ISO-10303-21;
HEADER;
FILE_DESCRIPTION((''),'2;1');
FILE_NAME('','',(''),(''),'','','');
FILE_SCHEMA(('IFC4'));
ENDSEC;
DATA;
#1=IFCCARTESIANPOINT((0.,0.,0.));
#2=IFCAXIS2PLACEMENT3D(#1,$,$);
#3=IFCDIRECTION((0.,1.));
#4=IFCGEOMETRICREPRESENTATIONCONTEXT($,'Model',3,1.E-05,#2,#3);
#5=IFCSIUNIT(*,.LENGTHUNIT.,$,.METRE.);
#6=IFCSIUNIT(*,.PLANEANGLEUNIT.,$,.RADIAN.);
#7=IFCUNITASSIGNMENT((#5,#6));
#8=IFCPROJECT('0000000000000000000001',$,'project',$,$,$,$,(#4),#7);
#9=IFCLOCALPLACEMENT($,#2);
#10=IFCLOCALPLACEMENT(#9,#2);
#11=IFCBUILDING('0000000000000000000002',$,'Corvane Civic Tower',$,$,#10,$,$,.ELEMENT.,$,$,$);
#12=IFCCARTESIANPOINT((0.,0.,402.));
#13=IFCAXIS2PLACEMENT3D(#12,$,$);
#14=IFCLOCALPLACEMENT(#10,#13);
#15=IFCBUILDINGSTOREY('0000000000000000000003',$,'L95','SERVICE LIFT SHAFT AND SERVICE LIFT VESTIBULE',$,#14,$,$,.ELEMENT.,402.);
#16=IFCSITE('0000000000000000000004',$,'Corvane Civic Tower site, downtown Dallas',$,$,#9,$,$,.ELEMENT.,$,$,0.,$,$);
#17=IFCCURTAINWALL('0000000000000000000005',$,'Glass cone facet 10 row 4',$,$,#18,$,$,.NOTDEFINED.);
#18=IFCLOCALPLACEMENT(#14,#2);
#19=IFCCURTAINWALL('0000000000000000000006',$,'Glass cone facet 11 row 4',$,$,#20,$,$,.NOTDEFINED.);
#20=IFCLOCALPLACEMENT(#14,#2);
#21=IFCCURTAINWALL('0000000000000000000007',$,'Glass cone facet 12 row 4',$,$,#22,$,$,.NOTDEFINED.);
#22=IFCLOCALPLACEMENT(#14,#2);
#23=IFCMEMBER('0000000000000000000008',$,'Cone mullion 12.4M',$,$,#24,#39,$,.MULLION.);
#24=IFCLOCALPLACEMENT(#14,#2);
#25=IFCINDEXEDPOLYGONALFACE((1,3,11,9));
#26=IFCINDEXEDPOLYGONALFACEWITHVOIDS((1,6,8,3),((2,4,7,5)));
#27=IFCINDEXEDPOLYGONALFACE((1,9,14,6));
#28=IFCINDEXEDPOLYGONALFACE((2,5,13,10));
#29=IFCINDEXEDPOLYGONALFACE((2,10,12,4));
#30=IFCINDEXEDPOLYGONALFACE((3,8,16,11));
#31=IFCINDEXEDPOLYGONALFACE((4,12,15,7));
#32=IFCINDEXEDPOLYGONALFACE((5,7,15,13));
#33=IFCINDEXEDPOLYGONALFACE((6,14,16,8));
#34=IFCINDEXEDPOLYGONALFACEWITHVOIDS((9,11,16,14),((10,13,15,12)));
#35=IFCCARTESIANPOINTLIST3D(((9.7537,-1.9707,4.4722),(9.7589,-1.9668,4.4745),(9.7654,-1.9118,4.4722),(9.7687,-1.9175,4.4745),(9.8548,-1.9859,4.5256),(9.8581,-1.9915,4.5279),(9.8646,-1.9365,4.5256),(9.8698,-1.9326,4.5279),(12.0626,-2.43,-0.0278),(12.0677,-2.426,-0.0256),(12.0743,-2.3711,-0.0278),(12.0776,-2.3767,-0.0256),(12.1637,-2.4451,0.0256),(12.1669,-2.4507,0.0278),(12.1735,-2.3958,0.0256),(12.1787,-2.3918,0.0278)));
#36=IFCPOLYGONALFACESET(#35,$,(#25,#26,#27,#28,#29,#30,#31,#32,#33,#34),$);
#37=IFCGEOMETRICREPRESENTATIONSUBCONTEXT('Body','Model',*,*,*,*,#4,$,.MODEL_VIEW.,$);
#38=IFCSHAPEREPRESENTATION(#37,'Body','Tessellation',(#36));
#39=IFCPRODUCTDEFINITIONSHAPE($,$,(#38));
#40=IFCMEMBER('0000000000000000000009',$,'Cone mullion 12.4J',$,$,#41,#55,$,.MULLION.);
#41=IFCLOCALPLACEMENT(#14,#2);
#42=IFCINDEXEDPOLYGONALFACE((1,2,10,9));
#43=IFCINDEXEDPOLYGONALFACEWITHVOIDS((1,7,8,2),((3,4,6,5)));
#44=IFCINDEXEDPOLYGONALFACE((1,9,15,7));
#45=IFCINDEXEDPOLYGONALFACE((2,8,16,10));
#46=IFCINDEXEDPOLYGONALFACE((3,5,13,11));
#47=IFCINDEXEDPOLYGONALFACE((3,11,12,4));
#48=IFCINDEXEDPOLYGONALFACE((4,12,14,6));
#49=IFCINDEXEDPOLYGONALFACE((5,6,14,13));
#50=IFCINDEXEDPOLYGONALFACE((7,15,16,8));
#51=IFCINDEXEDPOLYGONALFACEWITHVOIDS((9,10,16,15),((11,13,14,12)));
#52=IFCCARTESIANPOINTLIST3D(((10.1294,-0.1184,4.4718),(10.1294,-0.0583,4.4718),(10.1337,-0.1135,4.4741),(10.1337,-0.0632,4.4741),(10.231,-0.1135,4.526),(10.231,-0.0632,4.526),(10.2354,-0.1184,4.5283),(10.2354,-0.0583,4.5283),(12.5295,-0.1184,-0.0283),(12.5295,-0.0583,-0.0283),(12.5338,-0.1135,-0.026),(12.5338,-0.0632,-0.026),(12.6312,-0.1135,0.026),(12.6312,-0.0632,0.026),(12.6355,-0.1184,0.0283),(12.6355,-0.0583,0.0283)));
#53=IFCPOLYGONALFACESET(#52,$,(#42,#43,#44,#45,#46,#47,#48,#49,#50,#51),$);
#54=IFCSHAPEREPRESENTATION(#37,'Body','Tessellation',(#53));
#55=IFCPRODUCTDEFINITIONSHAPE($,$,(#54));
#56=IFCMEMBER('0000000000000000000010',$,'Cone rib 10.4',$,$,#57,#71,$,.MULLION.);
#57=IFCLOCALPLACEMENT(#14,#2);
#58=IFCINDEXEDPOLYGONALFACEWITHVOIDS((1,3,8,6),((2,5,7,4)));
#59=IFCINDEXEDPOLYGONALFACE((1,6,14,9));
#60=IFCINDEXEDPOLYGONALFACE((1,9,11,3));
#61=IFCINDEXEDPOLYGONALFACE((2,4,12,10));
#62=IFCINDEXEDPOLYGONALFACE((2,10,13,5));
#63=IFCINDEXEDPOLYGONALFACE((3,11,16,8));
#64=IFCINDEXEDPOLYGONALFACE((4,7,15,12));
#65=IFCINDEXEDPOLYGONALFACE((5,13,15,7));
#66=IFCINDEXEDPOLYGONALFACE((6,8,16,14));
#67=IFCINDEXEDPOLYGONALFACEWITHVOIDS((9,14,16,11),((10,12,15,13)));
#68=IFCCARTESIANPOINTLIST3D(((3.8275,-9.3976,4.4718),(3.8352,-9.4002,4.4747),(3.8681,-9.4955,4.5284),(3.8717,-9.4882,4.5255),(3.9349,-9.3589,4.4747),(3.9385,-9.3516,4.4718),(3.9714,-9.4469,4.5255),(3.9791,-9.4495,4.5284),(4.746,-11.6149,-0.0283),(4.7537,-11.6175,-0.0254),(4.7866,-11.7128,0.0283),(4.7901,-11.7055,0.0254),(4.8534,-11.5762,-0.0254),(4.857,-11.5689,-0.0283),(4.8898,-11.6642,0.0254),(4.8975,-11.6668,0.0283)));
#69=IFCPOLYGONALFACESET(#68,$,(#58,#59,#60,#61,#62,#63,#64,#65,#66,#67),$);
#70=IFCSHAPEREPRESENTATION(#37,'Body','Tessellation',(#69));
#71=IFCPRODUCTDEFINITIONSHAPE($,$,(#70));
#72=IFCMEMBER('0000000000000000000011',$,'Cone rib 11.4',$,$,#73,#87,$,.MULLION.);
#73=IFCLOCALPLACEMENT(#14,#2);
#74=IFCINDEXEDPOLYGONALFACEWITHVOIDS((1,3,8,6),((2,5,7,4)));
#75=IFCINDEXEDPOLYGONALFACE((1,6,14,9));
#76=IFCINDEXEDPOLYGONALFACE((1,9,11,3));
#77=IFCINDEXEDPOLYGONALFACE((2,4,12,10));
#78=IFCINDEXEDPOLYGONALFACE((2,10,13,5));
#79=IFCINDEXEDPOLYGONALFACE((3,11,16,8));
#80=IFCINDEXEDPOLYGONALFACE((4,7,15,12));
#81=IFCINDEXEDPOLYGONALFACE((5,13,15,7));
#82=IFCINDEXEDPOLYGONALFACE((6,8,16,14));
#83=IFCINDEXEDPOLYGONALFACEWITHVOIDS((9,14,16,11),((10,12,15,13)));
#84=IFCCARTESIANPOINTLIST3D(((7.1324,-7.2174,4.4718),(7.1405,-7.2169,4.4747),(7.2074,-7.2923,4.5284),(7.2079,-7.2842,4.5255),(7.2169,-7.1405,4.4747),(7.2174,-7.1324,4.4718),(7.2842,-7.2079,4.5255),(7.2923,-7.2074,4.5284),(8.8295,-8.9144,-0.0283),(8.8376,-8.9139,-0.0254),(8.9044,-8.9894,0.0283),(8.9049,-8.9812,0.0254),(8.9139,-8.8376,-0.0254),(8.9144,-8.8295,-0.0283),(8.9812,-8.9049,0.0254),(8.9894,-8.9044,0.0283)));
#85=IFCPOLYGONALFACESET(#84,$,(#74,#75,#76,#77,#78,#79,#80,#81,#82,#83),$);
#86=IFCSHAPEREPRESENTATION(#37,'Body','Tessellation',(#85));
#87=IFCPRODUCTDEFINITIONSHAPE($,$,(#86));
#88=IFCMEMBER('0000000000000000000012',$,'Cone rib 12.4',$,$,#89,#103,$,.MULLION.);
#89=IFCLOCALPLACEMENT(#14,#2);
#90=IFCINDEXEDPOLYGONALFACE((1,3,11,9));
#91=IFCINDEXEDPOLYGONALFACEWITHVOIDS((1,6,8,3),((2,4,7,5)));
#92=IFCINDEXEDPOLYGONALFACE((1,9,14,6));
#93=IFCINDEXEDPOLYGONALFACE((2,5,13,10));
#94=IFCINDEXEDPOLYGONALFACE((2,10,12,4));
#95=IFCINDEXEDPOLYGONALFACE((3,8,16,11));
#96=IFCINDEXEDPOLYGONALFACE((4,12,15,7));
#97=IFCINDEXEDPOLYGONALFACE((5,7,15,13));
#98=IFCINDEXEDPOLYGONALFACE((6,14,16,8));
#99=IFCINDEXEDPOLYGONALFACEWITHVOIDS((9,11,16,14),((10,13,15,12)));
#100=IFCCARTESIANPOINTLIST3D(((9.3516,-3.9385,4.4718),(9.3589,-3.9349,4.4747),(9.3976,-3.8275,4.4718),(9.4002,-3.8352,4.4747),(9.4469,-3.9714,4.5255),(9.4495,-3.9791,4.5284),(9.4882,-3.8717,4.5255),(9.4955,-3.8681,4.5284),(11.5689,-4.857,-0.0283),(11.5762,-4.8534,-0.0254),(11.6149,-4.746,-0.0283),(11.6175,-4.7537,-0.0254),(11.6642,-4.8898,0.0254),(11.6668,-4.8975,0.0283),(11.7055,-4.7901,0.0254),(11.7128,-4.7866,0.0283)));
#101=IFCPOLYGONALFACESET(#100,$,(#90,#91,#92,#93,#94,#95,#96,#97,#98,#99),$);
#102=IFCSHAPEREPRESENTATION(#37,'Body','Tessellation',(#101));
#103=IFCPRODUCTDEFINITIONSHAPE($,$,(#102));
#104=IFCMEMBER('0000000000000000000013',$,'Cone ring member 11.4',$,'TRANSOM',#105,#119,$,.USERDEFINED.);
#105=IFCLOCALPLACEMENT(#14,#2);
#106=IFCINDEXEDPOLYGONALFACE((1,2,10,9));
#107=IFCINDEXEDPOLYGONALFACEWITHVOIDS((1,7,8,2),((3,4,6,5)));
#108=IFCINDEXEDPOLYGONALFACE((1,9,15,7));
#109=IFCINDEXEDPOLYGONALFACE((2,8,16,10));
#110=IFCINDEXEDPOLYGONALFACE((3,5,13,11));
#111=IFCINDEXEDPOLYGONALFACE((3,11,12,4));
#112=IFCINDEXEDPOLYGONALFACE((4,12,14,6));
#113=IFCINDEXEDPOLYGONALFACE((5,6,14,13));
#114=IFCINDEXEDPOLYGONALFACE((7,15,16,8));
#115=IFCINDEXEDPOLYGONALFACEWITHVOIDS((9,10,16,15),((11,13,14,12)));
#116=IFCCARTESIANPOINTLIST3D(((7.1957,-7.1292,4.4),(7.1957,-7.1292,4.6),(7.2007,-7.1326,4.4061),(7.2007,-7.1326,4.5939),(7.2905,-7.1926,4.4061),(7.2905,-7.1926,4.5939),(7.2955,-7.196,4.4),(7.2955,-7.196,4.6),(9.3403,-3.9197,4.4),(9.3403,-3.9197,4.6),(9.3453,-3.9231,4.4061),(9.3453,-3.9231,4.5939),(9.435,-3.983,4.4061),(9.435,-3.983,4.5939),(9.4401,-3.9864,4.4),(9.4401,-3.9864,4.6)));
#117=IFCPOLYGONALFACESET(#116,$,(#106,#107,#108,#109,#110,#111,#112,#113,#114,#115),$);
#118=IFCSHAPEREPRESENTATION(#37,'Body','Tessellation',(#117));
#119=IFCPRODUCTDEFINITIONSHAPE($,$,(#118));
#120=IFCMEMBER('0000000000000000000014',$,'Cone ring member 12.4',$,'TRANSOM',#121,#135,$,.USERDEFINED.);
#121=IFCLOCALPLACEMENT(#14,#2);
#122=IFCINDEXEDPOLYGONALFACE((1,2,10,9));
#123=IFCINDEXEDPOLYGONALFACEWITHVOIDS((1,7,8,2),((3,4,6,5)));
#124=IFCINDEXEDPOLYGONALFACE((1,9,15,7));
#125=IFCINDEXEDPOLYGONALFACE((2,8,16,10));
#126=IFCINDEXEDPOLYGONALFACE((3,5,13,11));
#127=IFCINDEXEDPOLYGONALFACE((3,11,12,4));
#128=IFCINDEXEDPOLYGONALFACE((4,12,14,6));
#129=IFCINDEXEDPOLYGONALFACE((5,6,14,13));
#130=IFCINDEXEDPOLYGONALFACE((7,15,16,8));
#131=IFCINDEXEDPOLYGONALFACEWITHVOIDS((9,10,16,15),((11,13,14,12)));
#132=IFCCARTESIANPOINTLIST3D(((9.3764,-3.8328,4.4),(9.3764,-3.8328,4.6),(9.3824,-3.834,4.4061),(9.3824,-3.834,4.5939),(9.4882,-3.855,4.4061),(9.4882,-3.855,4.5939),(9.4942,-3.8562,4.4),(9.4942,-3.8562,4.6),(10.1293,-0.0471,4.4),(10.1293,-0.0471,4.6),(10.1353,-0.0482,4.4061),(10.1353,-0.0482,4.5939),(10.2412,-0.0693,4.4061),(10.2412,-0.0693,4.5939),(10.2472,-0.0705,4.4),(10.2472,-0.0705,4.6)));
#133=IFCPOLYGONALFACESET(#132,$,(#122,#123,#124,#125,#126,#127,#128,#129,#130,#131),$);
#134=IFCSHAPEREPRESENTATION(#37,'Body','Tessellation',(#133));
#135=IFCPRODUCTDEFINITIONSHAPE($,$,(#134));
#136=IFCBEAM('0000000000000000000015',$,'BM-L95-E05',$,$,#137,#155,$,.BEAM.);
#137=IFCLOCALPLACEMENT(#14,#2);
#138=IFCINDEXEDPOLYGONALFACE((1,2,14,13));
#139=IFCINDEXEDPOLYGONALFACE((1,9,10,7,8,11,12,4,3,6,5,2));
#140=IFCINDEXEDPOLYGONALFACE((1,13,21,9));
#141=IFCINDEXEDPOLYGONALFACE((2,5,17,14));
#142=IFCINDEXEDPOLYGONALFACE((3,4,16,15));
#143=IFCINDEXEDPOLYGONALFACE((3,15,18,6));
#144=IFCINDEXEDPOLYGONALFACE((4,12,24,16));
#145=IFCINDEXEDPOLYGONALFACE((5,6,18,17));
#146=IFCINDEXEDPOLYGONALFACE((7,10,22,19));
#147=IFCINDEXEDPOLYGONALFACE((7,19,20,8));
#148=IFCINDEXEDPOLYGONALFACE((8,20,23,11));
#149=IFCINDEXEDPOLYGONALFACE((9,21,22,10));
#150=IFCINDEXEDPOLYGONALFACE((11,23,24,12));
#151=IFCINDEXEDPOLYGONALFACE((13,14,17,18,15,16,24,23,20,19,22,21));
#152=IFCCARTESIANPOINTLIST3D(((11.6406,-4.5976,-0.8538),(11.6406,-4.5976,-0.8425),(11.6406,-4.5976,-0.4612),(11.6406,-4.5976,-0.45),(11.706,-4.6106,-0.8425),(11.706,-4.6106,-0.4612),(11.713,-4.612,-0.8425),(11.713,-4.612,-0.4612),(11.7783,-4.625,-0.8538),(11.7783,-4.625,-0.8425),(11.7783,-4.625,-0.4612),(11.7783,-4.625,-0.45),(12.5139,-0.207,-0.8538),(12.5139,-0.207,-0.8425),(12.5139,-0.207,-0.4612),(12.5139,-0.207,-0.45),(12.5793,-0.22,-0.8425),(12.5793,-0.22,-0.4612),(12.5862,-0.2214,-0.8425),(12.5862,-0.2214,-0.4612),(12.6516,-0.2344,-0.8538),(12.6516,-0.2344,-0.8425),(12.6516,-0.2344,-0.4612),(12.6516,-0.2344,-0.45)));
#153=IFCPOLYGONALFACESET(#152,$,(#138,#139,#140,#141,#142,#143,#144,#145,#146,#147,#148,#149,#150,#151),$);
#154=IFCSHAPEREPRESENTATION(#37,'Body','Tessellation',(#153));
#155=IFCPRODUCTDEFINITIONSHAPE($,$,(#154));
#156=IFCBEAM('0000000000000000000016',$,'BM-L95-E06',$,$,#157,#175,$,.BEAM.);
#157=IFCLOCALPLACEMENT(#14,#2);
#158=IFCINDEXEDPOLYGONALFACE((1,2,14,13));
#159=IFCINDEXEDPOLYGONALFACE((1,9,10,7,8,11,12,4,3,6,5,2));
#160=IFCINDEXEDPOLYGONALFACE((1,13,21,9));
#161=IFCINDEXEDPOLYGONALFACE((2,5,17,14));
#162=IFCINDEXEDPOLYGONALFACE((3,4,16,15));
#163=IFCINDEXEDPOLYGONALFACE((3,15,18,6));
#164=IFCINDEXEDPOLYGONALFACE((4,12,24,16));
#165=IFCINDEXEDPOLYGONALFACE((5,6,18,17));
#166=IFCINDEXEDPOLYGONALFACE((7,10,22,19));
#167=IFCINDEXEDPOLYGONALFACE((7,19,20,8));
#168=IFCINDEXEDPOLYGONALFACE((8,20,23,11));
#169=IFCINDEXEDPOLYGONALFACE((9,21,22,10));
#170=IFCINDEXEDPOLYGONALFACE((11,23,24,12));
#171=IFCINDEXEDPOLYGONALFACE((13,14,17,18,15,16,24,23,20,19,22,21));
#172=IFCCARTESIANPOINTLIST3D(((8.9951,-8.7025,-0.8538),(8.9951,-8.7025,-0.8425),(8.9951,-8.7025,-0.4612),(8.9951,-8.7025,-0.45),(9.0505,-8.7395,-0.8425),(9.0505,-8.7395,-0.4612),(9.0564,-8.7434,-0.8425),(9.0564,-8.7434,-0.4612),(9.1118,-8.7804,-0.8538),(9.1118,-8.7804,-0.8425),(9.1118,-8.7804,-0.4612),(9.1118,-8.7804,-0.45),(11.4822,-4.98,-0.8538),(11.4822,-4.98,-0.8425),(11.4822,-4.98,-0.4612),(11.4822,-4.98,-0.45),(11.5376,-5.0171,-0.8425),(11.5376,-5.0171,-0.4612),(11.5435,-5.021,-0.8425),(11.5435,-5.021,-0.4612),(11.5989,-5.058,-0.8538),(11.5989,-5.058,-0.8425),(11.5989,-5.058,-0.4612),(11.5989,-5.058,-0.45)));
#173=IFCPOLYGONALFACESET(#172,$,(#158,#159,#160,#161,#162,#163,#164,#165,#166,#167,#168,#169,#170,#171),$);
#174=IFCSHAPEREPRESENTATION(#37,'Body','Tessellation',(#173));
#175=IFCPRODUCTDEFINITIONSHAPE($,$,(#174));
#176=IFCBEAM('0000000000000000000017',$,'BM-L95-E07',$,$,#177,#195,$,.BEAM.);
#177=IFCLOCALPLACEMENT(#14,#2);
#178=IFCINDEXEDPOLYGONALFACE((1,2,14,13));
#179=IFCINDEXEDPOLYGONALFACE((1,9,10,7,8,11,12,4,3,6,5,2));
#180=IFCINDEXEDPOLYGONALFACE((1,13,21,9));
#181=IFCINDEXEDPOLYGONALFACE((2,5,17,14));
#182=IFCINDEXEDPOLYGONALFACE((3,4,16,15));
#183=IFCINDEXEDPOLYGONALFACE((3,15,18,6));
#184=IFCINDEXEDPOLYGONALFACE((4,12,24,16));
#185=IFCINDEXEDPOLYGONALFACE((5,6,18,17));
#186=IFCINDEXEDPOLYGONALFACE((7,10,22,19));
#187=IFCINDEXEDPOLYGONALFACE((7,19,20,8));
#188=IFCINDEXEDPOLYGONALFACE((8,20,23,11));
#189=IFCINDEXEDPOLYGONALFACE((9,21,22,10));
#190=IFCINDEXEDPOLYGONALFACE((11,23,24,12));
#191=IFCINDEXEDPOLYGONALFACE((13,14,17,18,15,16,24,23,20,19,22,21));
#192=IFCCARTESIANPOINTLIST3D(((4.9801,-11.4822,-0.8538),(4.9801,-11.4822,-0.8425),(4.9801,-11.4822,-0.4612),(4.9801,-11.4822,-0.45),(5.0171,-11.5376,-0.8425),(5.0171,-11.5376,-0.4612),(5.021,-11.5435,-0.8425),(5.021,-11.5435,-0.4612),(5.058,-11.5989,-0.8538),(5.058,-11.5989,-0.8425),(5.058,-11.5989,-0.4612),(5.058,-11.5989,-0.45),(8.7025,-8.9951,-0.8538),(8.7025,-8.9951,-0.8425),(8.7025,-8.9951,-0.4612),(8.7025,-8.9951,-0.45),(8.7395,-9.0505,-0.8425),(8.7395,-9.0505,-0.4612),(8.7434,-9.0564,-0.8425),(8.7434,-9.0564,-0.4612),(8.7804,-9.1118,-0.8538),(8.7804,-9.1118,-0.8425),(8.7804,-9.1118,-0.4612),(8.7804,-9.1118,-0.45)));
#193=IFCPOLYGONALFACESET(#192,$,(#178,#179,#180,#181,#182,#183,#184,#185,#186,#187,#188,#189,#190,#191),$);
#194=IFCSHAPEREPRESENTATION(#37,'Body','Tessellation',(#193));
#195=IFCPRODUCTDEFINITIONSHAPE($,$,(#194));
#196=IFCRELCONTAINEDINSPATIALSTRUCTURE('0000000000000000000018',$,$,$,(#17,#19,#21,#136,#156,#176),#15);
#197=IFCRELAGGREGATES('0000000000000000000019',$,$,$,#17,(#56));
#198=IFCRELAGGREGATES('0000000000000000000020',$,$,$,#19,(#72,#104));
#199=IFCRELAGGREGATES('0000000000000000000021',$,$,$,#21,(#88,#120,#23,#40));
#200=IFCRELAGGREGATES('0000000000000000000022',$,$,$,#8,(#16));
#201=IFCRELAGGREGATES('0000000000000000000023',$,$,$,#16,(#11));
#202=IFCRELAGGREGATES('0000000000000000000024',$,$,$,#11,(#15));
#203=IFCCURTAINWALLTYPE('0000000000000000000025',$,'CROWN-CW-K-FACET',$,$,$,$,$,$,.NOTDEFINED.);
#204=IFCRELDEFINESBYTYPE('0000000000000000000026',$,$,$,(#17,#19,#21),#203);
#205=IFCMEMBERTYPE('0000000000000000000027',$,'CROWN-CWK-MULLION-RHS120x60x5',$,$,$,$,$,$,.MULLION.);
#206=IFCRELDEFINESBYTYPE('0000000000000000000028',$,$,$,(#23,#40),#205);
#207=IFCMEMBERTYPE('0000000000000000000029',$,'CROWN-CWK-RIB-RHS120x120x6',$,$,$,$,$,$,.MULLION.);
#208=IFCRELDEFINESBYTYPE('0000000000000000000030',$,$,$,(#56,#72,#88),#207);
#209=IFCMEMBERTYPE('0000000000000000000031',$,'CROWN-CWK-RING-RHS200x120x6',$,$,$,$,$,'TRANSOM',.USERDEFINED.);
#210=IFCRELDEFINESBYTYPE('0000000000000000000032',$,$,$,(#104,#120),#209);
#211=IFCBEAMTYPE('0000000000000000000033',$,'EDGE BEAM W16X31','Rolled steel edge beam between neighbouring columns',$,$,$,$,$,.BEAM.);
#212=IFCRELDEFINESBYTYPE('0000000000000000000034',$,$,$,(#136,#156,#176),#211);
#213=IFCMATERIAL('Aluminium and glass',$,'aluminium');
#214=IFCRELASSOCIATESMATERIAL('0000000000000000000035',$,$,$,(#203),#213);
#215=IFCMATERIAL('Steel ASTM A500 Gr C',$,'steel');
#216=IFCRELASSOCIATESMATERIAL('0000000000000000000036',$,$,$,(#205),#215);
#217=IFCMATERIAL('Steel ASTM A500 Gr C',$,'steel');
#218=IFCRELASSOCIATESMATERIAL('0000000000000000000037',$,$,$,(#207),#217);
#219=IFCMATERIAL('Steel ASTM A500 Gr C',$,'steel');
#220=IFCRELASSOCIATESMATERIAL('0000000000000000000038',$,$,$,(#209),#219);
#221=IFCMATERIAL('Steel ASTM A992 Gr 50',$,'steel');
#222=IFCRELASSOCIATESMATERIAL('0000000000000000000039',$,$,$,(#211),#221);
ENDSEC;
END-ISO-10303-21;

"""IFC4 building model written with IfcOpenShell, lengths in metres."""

from ifc_helpers import new_model, si_unit, direction, frame, origin, origin_2d, place, context, subcontext, project, spatial, hollow_rectangle, i_section, extrude, material, material_profile, profile_set, type_object, element, aggregate, save


model = new_model("IFC4")

# Units and contexts
model_context = context("Model", 3, precision=1e-05, world=origin(), true_north=direction((0.0, 1.0)))
body_context = subcontext(model_context, "Body", "Model", "MODEL_VIEW")
ifc_project = project(units=[si_unit("LENGTHUNIT", "METRE"), si_unit("PLANEANGLEUNIT", "RADIAN")], contexts=[model_context])

# Site, building, storey
site_placement = place(None, origin())
site = spatial("IfcSite", under=ifc_project, at=site_placement, Name="Corvane Civic Tower site, downtown Dallas", CompositionType="ELEMENT", RefElevation=0.0)
building_placement = place(site_placement, origin())
building = spatial("IfcBuilding", under=site, at=building_placement, Name="Corvane Civic Tower", CompositionType="ELEMENT")
storey_placement = place(building_placement, frame((0.0, 0.0, 402.0)))
storey = spatial("IfcBuildingStorey", under=building, at=storey_placement, Name="L95", Description="SERVICE LIFT SHAFT AND SERVICE LIFT VESTIBULE", CompositionType="ELEMENT", Elevation=402.0)

# Curtain walls, members
ifc_material_1 = material(Name="Aluminium and glass", Category="aluminium")
curtain_wall_type = type_object("IfcCurtainWallType", Name="CROWN-CW-K-FACET", PredefinedType="NOTDEFINED", material=ifc_material_1)
curtain_wall_1_placement = place(storey_placement, origin())
curtain_wall_1 = element("IfcCurtainWall", 1, at=curtain_wall_1_placement, inside=storey, type_object=curtain_wall_type, Name="Glass cone facet 10 row 4", PredefinedType="NOTDEFINED")
ifc_material_2 = material(Name="Steel ASTM A500 Gr C", Category="steel")
ifc_material_profile_1 = material_profile(ifc_material_2, hollow_rectangle(XDim=0.0601, YDim=0.1201, WallThickness=0.0049, at=origin_2d()), Name="RHS 120x60x5")
ifc_profile_set_1 = profile_set([ifc_material_profile_1], Name="Steel ASTM A500 Gr C")
member_type_1 = type_object("IfcMemberType", Name="CROWN-CWK-MULLION-RHS120x60x5", PredefinedType="MULLION", material=ifc_profile_set_1)
curtain_wall_2_placement = place(storey_placement, origin())
curtain_wall_2 = element("IfcCurtainWall", 2, at=curtain_wall_2_placement, inside=storey, type_object=curtain_wall_type, Name="Glass cone facet 11 row 4", PredefinedType="NOTDEFINED")
curtain_wall_3_placement = place(storey_placement, origin())
curtain_wall_3 = element("IfcCurtainWall", 3, at=curtain_wall_3_placement, inside=storey, type_object=curtain_wall_type, Name="Glass cone facet 12 row 4", PredefinedType="NOTDEFINED")
member_1_placement = place(storey_placement, frame((12.1206, -2.4109, 0.0), z_axis=(-0.454626, 0.090425, 0.88608), x_axis=(-0.195079, -0.980788, 0.0)))
member_1 = element("IfcMember", 4, at=member_1_placement, type_object=member_type_1, Name="Cone mullion 12.4M", PredefinedType="MULLION", context=body_context, shape_type="SweptSolid", body=[
    extrude(hollow_rectangle(XDim=0.0601, YDim=0.1201, WallThickness=0.0049, at=origin_2d()), origin(), (0.0, 0.0, 1.0), 5.0786),
])
member_2_placement = place(storey_placement, frame((12.5825, -0.0884, 0.0), z_axis=(-0.470611, 0.0, 0.882341), x_axis=(0.0, -1.0, 0.0)))
member_2 = element("IfcMember", 5, at=member_2_placement, type_object=member_type_1, Name="Cone mullion 12.4J", PredefinedType="MULLION", context=body_context, shape_type="SweptSolid", body=[
    extrude(hollow_rectangle(XDim=0.0601, YDim=0.1201, WallThickness=0.0049, at=origin_2d()), origin(), (0.0, 0.0, 1.0), 5.1001),
])

# Members
ifc_material_3 = material(Name="Steel ASTM A500 Gr C", Category="steel")
ifc_material_profile_2 = material_profile(ifc_material_3, hollow_rectangle(XDim=0.1201, YDim=0.1201, WallThickness=0.0061, at=origin_2d()), Name="RHS 120x120x6")
ifc_profile_set_2 = profile_set([ifc_material_profile_2], Name="Steel ASTM A500 Gr C")
member_type_2 = type_object("IfcMemberType", Name="CROWN-CWK-RIB-RHS120x120x6", PredefinedType="MULLION", material=ifc_profile_set_2)
member_3_placement = place(storey_placement, frame((4.8218, -11.6409, 0.0), z_axis=(-0.18009, 0.434762, 0.882354), x_axis=(-0.923875, -0.382693, 0.0)))
member_3 = element("IfcMember", 6, at=member_3_placement, type_object=member_type_2, Name="Cone rib 10.4", PredefinedType="MULLION", context=body_context, shape_type="SweptSolid", body=[
    extrude(hollow_rectangle(XDim=0.1201, YDim=0.1201, WallThickness=0.0061, at=origin_2d()), origin(), (0.0, 0.0, 1.0), 5.1001),
])
member_4_placement = place(storey_placement, frame((8.9094, -8.9094, 0.0), z_axis=(-0.332751, 0.332751, 0.882357), x_axis=(-0.707107, -0.707107, 0.0)))
member_4 = element("IfcMember", 7, at=member_4_placement, type_object=member_type_2, Name="Cone rib 11.4", PredefinedType="MULLION", context=body_context, shape_type="SweptSolid", body=[
    extrude(hollow_rectangle(XDim=0.1201, YDim=0.1201, WallThickness=0.0061, at=origin_2d()), origin(), (0.0, 0.0, 1.0), 5.1001),
])
member_5_placement = place(storey_placement, frame((11.6409, -4.8218, 0.0), z_axis=(-0.434762, 0.18009, 0.882354), x_axis=(-0.382693, -0.923875, 0.0)))
member_5 = element("IfcMember", 8, at=member_5_placement, type_object=member_type_2, Name="Cone rib 12.4", PredefinedType="MULLION", context=body_context, shape_type="SweptSolid", body=[
    extrude(hollow_rectangle(XDim=0.1201, YDim=0.1201, WallThickness=0.0061, at=origin_2d()), origin(), (0.0, 0.0, 1.0), 5.1001),
])
ifc_material_4 = material(Name="Steel ASTM A500 Gr C", Category="steel")
ifc_material_profile_3 = material_profile(ifc_material_4, hollow_rectangle(XDim=0.1201, YDim=0.2, WallThickness=0.0061, at=origin_2d()), Name="RHS 200x120x6")
ifc_profile_set_3 = profile_set([ifc_material_profile_3], Name="Steel ASTM A500 Gr C")
member_type_3 = type_object("IfcMemberType", Name="CROWN-CWK-RING-RHS200x120x6", ElementType="TRANSOM", PredefinedType="USERDEFINED", material=ifc_profile_set_3)
member_6_placement = place(storey_placement, frame((7.2456, -7.1626, 4.5), z_axis=(0.555576, 0.831466, 0.0), x_axis=(-0.831466, 0.555576, 0.0)))
member_6 = element("IfcMember", 9, at=member_6_placement, type_object=member_type_3, Name="Cone ring member 11.4", ObjectType="TRANSOM", PredefinedType="USERDEFINED", context=body_context, shape_type="SweptSolid", body=[
    extrude(hollow_rectangle(XDim=0.1201, YDim=0.2, WallThickness=0.0061, at=origin_2d()), origin(), (0.0, 0.0, 1.0), 3.8601),
])
member_7_placement = place(storey_placement, frame((9.4353, -3.8445, 4.5), z_axis=(0.19507, 0.980789, 0.0), x_axis=(-0.980789, 0.19507, 0.0)))
member_7 = element("IfcMember", 10, at=member_7_placement, type_object=member_type_3, Name="Cone ring member 12.4", ObjectType="TRANSOM", PredefinedType="USERDEFINED", context=body_context, shape_type="SweptSolid", body=[
    extrude(hollow_rectangle(XDim=0.1201, YDim=0.2, WallThickness=0.0061, at=origin_2d()), origin(), (0.0, 0.0, 1.0), 3.8599),
])

# Beams
ifc_material_5 = material(Name="Steel ASTM A992 Gr 50", Category="steel")
ifc_material_profile_4 = material_profile(ifc_material_5, i_section(OverallWidth=0.1404, OverallDepth=0.4038, WebThickness=0.0071, FlangeThickness=0.0112, at=origin_2d()), Name="W16X31")
ifc_profile_set_4 = profile_set([ifc_material_profile_4], Name="Steel ASTM A992 Gr 50")
beam_type_1 = type_object("IfcBeamType", Name="EDGE BEAM W16X31", Description="Rolled steel edge beam between neighbouring columns", PredefinedType="BEAM", material=ifc_profile_set_4)
beam_1_placement = place(storey_placement, frame((12.5828, -0.2207, -0.6519), z_axis=(-0.195078, -0.980788, 0.0), x_axis=(0.980788, -0.195078, 0.0)))
element("IfcBeam", 11, at=beam_1_placement, inside=storey, type_object=beam_type_1, Name="BM-L95-E05", PredefinedType="BEAM", context=body_context, shape_type="SweptSolid", body=[
    extrude(i_section(OverallWidth=0.1404, OverallDepth=0.4038, WebThickness=0.0071, FlangeThickness=0.0112, at=origin_2d()), origin(), (0.0, 0.0, 1.0), 4.4766),
])
for number, where, z_axis, x_axis, name in (
    (12, (11.5405, -5.019, -0.6519), (-0.555543, -0.831488, 0.0), (0.831488, -0.555543, 0.0), "BM-L95-E06"),
    (13, (8.7415, -9.0535, -0.6519), (-0.831488, -0.555543, 0.0), (0.555543, -0.831488, 0.0), "BM-L95-E07"),
):
    element("IfcBeam", number, at=place(storey_placement, frame(where, z_axis=z_axis, x_axis=x_axis)), inside=storey, type_object=beam_type_1, Name=name, PredefinedType="BEAM", context=body_context, shape_type="SweptSolid", body=[
        extrude(i_section(OverallWidth=0.1404, OverallDepth=0.4038, WebThickness=0.0071, FlangeThickness=0.0112, at=origin_2d()), origin(), (0.0, 0.0, 1.0), 4.4768),
    ])

aggregate(curtain_wall_1, [member_3])
aggregate(curtain_wall_2, [member_4, member_6])
aggregate(curtain_wall_3, [member_5, member_7, member_1, member_2])

save(model, "model.ifc")
